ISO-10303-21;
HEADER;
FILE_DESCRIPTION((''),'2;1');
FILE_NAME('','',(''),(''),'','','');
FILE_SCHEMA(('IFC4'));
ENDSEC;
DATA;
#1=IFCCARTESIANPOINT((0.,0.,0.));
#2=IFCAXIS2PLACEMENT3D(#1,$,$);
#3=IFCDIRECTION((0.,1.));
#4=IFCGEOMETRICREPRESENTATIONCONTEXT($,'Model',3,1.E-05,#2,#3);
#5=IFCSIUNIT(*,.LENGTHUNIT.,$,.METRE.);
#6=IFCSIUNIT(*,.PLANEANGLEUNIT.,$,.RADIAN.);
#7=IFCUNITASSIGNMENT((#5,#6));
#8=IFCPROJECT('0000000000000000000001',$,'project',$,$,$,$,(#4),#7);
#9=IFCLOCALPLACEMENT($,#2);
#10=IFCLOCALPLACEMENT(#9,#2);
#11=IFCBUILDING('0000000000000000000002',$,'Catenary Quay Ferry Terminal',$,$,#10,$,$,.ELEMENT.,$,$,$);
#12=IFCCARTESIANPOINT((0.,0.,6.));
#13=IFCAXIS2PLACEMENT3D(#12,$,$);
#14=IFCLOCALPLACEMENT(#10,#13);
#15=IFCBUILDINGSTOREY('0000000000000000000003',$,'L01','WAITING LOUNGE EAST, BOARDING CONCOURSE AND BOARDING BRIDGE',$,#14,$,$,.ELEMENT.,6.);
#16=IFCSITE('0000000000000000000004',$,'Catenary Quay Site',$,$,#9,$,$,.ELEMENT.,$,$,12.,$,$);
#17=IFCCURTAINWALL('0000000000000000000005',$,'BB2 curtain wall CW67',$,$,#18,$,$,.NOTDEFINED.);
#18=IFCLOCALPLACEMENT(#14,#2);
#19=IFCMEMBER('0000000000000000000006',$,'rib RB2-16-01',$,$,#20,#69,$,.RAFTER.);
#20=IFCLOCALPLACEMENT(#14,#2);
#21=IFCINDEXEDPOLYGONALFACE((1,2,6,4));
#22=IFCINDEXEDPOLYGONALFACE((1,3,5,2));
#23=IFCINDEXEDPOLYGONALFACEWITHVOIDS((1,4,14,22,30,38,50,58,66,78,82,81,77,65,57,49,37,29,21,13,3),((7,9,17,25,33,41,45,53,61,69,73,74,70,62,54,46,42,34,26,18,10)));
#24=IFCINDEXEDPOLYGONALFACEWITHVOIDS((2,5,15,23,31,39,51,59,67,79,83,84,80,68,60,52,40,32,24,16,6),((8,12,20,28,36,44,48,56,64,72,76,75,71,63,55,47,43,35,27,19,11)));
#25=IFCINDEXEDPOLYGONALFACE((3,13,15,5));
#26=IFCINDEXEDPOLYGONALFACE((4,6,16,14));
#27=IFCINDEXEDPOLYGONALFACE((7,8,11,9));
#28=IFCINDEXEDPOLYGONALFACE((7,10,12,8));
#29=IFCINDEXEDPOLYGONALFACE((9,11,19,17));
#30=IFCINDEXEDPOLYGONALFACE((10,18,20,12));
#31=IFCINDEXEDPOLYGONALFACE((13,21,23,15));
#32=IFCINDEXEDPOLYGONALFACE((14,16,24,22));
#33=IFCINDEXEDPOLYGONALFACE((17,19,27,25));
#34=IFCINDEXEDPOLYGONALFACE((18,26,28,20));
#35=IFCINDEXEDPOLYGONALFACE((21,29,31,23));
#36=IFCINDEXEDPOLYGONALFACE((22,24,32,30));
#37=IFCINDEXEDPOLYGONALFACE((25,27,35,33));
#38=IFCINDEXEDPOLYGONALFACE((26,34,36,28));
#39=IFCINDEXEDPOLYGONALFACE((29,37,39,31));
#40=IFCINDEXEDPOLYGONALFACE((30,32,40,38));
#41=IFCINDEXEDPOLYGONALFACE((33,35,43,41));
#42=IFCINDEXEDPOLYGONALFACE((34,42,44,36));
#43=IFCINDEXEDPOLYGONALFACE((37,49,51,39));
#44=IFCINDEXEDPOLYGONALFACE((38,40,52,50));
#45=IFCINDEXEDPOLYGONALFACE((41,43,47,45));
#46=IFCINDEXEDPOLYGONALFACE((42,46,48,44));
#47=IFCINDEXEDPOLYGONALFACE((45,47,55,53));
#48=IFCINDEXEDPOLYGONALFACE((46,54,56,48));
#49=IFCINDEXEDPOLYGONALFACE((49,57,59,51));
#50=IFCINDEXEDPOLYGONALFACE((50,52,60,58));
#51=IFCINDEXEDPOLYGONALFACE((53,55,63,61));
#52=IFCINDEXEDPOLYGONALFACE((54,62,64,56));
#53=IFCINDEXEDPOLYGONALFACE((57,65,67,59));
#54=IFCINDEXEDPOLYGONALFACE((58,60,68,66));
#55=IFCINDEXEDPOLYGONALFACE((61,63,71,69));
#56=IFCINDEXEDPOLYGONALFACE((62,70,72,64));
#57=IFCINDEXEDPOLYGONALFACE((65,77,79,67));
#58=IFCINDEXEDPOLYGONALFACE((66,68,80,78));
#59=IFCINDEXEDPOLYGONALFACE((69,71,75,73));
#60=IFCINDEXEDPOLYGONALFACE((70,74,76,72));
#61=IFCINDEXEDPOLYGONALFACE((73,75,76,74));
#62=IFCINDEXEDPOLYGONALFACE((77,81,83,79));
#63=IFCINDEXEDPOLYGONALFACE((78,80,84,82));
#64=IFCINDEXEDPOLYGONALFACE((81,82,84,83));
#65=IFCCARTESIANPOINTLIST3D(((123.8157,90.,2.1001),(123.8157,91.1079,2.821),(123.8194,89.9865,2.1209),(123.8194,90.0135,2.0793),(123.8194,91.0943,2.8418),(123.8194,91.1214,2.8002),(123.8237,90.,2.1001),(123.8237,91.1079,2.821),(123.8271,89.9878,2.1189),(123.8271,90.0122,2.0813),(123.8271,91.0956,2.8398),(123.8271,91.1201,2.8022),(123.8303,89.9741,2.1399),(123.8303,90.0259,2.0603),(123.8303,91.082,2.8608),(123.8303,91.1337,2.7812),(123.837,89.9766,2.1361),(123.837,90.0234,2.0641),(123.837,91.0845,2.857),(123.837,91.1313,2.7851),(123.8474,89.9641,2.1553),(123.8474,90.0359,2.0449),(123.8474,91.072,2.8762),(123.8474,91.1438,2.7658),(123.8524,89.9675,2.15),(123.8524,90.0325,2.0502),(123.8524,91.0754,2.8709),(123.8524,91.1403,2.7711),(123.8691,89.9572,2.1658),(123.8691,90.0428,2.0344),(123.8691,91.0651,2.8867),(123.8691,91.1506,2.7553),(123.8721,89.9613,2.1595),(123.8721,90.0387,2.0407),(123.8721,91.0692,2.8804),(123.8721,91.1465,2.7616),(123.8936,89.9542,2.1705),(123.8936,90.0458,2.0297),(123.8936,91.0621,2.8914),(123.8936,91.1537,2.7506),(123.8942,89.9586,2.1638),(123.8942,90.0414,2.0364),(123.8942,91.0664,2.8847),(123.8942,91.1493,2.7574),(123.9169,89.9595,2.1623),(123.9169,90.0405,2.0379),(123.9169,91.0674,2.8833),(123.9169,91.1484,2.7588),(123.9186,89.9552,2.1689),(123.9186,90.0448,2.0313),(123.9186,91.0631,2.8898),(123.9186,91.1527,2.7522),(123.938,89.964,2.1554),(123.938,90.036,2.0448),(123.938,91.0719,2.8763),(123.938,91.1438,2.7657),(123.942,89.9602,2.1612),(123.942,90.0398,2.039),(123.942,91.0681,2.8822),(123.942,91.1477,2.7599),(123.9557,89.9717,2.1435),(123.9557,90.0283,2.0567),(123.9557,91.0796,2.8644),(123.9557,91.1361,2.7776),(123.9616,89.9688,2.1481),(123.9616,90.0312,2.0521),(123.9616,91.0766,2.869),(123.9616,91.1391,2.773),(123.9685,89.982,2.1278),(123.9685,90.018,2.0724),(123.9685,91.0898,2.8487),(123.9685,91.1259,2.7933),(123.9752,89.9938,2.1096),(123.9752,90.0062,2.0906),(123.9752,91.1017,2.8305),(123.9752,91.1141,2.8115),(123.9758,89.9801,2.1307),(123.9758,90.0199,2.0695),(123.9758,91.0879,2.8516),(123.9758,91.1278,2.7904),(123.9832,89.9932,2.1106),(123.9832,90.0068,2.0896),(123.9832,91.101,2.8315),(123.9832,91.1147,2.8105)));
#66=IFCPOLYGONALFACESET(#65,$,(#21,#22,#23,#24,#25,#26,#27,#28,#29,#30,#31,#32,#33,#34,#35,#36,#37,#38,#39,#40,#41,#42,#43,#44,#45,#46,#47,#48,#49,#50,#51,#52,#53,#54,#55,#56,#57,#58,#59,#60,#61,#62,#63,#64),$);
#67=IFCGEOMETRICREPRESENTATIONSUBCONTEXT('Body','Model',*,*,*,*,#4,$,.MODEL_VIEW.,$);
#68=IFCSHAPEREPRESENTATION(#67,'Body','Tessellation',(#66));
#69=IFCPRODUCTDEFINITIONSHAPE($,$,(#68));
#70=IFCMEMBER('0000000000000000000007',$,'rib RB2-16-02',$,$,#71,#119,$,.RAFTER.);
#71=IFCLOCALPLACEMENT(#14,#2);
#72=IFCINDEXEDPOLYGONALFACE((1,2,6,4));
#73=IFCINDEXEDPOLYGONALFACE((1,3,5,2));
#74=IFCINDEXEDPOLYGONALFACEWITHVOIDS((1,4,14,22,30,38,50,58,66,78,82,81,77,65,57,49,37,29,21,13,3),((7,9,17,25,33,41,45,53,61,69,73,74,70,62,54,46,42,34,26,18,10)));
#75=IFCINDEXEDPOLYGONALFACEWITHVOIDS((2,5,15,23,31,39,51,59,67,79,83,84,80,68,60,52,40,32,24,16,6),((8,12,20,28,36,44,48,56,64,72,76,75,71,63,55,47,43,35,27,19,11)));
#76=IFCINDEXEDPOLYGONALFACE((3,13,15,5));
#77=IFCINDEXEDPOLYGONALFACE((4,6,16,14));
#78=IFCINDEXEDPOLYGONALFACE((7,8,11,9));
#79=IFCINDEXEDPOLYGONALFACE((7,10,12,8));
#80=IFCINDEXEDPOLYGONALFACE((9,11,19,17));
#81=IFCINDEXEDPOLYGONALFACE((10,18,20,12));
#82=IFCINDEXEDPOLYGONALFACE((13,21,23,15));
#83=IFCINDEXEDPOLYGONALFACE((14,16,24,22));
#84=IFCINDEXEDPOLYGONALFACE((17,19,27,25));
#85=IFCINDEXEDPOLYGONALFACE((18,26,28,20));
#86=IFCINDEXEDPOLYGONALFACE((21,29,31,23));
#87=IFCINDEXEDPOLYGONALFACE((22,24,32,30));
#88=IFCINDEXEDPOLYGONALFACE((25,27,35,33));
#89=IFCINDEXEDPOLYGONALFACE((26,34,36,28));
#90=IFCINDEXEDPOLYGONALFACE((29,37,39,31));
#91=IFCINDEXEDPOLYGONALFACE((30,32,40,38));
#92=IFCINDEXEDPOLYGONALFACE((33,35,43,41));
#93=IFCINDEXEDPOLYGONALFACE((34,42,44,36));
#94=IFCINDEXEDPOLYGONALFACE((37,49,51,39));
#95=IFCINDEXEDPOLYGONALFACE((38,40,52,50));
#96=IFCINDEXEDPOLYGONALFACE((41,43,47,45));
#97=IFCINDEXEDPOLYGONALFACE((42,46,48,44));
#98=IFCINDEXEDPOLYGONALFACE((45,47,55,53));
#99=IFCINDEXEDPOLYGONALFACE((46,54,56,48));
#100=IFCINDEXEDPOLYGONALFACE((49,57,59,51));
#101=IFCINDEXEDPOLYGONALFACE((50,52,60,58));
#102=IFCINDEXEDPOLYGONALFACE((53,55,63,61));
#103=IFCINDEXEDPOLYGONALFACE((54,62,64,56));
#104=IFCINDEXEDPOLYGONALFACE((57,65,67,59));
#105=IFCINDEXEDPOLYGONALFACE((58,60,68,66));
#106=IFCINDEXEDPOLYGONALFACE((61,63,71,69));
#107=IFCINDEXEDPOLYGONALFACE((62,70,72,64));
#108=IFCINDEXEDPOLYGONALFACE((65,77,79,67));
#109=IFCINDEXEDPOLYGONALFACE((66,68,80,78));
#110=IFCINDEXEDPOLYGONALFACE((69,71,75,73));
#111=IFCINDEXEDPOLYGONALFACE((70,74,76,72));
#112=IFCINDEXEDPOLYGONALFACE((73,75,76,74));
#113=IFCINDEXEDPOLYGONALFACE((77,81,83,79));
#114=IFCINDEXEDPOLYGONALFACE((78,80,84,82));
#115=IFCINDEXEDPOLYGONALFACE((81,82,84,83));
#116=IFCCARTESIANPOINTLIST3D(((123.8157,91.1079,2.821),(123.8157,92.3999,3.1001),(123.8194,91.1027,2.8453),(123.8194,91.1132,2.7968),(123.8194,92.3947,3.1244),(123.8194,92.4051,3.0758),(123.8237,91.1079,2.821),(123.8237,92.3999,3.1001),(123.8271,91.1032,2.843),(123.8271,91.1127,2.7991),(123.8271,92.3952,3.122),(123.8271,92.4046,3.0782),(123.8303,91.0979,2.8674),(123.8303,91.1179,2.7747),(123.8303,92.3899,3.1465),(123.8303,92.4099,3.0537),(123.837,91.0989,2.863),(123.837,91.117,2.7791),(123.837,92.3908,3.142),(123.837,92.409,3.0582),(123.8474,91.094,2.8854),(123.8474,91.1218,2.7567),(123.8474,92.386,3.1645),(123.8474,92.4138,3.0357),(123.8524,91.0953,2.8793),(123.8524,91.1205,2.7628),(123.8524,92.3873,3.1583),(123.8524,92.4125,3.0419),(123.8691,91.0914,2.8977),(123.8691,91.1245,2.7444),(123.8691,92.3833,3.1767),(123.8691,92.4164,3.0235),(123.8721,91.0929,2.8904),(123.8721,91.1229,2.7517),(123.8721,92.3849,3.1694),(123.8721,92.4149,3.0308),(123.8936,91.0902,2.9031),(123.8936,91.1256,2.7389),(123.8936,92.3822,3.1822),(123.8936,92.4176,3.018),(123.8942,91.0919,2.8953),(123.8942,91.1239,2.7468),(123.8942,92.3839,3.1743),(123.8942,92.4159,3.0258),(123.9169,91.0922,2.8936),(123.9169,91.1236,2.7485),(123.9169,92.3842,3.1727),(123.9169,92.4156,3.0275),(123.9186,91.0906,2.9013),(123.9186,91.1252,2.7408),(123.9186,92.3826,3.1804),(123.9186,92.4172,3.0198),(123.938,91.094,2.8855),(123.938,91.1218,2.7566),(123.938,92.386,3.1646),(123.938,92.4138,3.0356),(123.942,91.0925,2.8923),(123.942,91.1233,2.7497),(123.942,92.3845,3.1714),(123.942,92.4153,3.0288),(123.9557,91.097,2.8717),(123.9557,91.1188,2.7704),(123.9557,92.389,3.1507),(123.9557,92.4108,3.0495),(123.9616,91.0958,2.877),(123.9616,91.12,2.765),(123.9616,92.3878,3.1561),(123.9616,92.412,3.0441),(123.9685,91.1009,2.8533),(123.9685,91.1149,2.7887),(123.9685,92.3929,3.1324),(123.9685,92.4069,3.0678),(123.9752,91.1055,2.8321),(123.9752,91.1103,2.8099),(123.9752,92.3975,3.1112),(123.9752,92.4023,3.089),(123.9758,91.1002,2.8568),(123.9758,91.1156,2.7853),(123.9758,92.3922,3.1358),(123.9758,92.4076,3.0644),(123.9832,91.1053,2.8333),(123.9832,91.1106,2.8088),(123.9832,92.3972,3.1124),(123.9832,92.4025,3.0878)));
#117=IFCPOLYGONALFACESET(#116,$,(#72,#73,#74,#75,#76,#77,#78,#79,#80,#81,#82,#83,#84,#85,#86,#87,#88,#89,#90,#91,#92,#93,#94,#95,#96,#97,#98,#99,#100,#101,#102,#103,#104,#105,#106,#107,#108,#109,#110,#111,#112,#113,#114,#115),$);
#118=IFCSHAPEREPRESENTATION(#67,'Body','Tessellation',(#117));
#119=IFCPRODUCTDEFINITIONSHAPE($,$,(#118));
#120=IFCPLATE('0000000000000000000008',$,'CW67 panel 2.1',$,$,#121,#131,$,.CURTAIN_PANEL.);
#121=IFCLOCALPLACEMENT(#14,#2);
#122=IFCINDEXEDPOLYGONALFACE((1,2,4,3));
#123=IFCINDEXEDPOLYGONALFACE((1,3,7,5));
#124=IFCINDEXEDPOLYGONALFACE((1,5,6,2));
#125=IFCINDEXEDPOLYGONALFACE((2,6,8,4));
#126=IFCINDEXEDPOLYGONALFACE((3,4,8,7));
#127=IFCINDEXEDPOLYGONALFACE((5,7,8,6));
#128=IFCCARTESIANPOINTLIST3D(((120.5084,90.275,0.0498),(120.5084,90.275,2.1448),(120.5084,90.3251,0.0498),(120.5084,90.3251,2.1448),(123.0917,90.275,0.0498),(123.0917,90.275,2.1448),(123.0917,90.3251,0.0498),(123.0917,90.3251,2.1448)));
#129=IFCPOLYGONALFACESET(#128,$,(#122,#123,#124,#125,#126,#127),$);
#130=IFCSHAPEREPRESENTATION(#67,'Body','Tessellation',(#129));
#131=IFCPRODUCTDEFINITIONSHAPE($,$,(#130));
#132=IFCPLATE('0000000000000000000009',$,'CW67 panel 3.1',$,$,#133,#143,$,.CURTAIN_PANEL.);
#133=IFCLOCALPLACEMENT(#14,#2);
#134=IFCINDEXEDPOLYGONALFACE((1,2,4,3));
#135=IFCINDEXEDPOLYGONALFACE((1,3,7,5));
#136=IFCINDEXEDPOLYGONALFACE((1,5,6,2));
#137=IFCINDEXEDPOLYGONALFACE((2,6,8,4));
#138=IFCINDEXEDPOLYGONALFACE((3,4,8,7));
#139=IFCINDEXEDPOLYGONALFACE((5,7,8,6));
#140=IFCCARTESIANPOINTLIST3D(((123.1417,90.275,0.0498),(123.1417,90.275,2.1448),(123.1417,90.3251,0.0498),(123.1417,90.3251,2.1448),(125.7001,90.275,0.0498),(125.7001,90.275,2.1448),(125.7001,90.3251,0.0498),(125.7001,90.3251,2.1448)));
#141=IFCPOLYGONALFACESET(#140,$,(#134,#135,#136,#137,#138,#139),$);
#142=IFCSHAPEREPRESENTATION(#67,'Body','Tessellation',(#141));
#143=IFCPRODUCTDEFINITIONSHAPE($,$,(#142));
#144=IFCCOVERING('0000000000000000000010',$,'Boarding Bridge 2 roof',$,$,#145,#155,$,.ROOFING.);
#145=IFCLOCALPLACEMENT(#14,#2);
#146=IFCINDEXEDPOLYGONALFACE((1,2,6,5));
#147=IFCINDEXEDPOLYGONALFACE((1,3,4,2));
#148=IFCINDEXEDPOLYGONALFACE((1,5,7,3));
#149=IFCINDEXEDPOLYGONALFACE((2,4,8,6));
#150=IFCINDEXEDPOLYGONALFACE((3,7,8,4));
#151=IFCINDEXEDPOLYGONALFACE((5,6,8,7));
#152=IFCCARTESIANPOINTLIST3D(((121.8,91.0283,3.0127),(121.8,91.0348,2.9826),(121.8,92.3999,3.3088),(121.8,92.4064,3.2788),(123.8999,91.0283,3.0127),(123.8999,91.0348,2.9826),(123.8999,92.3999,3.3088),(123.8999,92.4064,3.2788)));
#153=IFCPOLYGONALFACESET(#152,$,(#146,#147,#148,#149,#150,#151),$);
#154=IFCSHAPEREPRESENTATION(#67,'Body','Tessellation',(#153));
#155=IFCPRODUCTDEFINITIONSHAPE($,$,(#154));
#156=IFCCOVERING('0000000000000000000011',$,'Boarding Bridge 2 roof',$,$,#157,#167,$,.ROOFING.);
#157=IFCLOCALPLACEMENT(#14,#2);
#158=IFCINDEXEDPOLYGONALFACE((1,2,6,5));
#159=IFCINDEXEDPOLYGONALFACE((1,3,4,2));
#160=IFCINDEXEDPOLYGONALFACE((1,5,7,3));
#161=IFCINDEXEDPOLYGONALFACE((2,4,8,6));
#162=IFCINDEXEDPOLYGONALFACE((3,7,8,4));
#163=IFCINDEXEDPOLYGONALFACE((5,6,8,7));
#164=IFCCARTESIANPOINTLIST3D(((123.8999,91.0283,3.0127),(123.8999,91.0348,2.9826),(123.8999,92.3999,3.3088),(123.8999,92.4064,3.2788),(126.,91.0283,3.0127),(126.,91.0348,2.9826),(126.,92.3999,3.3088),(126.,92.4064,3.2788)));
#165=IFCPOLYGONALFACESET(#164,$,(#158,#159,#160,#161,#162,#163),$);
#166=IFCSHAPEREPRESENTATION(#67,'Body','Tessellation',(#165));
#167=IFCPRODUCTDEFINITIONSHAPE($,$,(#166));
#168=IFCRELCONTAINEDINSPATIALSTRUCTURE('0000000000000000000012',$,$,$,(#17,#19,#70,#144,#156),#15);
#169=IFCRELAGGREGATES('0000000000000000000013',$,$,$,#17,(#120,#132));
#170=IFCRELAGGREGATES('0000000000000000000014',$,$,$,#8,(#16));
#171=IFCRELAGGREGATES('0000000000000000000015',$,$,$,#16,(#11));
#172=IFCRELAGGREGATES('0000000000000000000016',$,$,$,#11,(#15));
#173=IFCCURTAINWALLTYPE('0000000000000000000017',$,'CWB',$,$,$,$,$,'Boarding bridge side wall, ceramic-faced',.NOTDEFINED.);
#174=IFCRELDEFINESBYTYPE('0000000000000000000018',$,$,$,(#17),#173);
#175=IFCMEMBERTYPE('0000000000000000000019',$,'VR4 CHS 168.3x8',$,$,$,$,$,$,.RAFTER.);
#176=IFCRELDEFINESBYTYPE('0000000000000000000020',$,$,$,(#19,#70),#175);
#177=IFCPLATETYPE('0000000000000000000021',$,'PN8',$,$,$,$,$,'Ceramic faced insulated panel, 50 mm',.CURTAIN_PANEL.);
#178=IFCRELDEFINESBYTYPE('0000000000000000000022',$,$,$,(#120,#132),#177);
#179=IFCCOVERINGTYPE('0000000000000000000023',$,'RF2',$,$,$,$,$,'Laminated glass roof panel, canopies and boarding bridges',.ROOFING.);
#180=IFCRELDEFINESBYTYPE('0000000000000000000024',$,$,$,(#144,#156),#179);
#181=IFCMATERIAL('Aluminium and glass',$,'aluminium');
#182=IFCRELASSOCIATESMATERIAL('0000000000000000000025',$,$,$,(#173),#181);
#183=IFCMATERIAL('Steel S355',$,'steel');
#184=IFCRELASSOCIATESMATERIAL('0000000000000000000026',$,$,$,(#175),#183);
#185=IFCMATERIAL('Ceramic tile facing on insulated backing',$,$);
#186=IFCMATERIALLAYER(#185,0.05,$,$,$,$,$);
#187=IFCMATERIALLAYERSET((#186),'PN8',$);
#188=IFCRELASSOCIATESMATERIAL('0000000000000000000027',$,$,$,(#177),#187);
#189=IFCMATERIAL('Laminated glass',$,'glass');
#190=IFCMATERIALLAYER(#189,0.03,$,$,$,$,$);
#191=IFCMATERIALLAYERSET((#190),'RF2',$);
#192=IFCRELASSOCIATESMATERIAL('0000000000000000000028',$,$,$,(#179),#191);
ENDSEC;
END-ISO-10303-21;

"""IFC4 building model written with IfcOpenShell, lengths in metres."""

from ifc_helpers import new_model, si_unit, direction, frame, origin, origin_2d, place, context, subcontext, project, spatial, polyline, rectangle, hollow_circle, outline, extrude, material, layer, layer_set, material_profile, profile_set, type_object, element, aggregate, save


model = new_model("IFC4")

# Units and contexts
model_context = context("Model", 3, precision=1e-05, world=origin(), true_north=direction((0.0, 1.0)))
body_context = subcontext(model_context, "Body", "Model", "MODEL_VIEW")
ifc_project = project(units=[si_unit("LENGTHUNIT", "METRE"), si_unit("PLANEANGLEUNIT", "RADIAN")], contexts=[model_context])

# Site, building, storey
site_placement = place(None, origin())
site = spatial("IfcSite", under=ifc_project, at=site_placement, Name="Catenary Quay Site", CompositionType="ELEMENT", RefElevation=12.0)
building_placement = place(site_placement, origin())
building = spatial("IfcBuilding", under=site, at=building_placement, Name="Catenary Quay Ferry Terminal", CompositionType="ELEMENT")
storey_placement = place(building_placement, frame((0.0, 0.0, 6.0)))
storey = spatial("IfcBuildingStorey", under=building, at=storey_placement, Name="L01", Description="WAITING LOUNGE EAST, BOARDING CONCOURSE AND BOARDING BRIDGE", CompositionType="ELEMENT", Elevation=6.0)

# Curtain wall
ifc_material_1 = material(Name="Aluminium and glass", Category="aluminium")
curtain_wall_type = type_object("IfcCurtainWallType", Name="CWB", ElementType="Boarding bridge side wall, ceramic-faced", PredefinedType="NOTDEFINED", material=ifc_material_1)
curtain_wall_placement = place(storey_placement, origin())
curtain_wall = element("IfcCurtainWall", 1, at=curtain_wall_placement, inside=storey, type_object=curtain_wall_type, Name="BB2 curtain wall CW67", PredefinedType="NOTDEFINED")

# Members
ifc_material_2 = material(Name="Steel S355", Category="steel")
ifc_material_profile_1 = material_profile(ifc_material_2, hollow_circle(Radius=0.0842, WallThickness=0.0081, at=origin_2d()), Name="CHS 168.3x8")
ifc_profile_set_1 = profile_set([ifc_material_profile_1], Name="Steel S355")
member_type_1 = type_object("IfcMemberType", Name="VR4 CHS 168.3x8", PredefinedType="RAFTER", material=ifc_profile_set_1)
for number, where, z_axis, x_axis, name in (
    (2, (123.8999, 90.0, 2.1001), (0.0, 0.838165, 0.545417), (-1.0, 0.0, 0.0), "rib RB2-16-01"),
    (3, (123.8999, 91.1079, 2.821), (0.0, 0.977461, 0.211118), (-1.0, 0.0, 0.0), "rib RB2-16-02"),
):
    element("IfcMember", number, at=place(storey_placement, frame(where, z_axis=z_axis, x_axis=x_axis)), inside=storey, type_object=member_type_1, Name=name, PredefinedType="RAFTER", context=body_context, shape_type="SweptSolid", body=[
        extrude(hollow_circle(Radius=0.0842, WallThickness=0.0081, at=origin_2d()), origin(), (0.0, 0.0, 1.0), 1.3218),
    ])

# Plates
ifc_material_3 = material(Name="Ceramic tile facing on insulated backing")
ifc_layer_1 = layer(ifc_material_3, 0.05)
ifc_layer_set_1 = layer_set([ifc_layer_1], Name="PN8")
plate_type = type_object("IfcPlateType", Name="PN8", ElementType="Ceramic faced insulated panel, 50 mm", PredefinedType="CURTAIN_PANEL", material=ifc_layer_set_1)
plate_1_placement = place(storey_placement, frame((121.8, 90.3, 0.0498), z_axis=(0.0, 0.0, 1.0), x_axis=(1.0, 0.0, 0.0)))
plate_1 = element("IfcPlate", 4, at=plate_1_placement, type_object=plate_type, Name="CW67 panel 2.1", PredefinedType="CURTAIN_PANEL", context=body_context, shape_type="SweptSolid", body=[
    extrude(rectangle(XDim=2.5833, YDim=0.05, at=origin_2d()), origin(), (0.0, 0.0, 1.0), 2.095),
])
plate_2_placement = place(storey_placement, frame((124.4209, 90.3, 0.0498), z_axis=(0.0, 0.0, 1.0), x_axis=(1.0, 0.0, 0.0)))
plate_2 = element("IfcPlate", 5, at=plate_2_placement, type_object=plate_type, Name="CW67 panel 3.1", PredefinedType="CURTAIN_PANEL", context=body_context, shape_type="SweptSolid", body=[
    extrude(rectangle(XDim=2.5583, YDim=0.05, at=origin_2d()), origin(), (0.0, 0.0, 1.0), 2.095),
])
aggregate(curtain_wall, [plate_1, plate_2])

# Coverings
ifc_material_4 = material(Name="Laminated glass", Category="glass")
ifc_layer_2 = layer(ifc_material_4, 0.03)
ifc_layer_set_2 = layer_set([ifc_layer_2], Name="RF2")
covering_type = type_object("IfcCoveringType", Name="RF2", ElementType="Laminated glass roof panel, canopies and boarding bridges", PredefinedType="ROOFING", material=ifc_layer_set_2)
covering_1_placement = place(storey_placement, frame((121.8, 91.0283, 3.0127), z_axis=(0.0, -0.21105, 0.977475), x_axis=(1.0, 0.0, 0.0)))
element("IfcCovering", 6, at=covering_1_placement, inside=storey, type_object=covering_type, Name="Boarding Bridge 2 roof", PredefinedType="ROOFING", context=body_context, shape_type="SweptSolid", body=[
    extrude(outline(polyline([(0.0, 0.0), (2.0999, 0.0), (2.0999, 1.4032), (0.0, 1.4032), (0.0, 0.0)])), origin(), (0.0, 0.0, -1.0), 0.0308),
])
covering_2_placement = place(storey_placement, frame((123.8999, 91.0283, 3.0127), z_axis=(0.0, -0.21105, 0.977475), x_axis=(1.0, 0.0, 0.0)))
element("IfcCovering", 7, at=covering_2_placement, inside=storey, type_object=covering_type, Name="Boarding Bridge 2 roof", PredefinedType="ROOFING", context=body_context, shape_type="SweptSolid", body=[
    extrude(outline(polyline([(0.0, 0.0), (2.1001, 0.0), (2.1001, 1.4032), (0.0, 1.4032), (0.0, 0.0)])), origin(), (0.0, 0.0, -1.0), 0.0308),
])

save(model, "model.ifc")
